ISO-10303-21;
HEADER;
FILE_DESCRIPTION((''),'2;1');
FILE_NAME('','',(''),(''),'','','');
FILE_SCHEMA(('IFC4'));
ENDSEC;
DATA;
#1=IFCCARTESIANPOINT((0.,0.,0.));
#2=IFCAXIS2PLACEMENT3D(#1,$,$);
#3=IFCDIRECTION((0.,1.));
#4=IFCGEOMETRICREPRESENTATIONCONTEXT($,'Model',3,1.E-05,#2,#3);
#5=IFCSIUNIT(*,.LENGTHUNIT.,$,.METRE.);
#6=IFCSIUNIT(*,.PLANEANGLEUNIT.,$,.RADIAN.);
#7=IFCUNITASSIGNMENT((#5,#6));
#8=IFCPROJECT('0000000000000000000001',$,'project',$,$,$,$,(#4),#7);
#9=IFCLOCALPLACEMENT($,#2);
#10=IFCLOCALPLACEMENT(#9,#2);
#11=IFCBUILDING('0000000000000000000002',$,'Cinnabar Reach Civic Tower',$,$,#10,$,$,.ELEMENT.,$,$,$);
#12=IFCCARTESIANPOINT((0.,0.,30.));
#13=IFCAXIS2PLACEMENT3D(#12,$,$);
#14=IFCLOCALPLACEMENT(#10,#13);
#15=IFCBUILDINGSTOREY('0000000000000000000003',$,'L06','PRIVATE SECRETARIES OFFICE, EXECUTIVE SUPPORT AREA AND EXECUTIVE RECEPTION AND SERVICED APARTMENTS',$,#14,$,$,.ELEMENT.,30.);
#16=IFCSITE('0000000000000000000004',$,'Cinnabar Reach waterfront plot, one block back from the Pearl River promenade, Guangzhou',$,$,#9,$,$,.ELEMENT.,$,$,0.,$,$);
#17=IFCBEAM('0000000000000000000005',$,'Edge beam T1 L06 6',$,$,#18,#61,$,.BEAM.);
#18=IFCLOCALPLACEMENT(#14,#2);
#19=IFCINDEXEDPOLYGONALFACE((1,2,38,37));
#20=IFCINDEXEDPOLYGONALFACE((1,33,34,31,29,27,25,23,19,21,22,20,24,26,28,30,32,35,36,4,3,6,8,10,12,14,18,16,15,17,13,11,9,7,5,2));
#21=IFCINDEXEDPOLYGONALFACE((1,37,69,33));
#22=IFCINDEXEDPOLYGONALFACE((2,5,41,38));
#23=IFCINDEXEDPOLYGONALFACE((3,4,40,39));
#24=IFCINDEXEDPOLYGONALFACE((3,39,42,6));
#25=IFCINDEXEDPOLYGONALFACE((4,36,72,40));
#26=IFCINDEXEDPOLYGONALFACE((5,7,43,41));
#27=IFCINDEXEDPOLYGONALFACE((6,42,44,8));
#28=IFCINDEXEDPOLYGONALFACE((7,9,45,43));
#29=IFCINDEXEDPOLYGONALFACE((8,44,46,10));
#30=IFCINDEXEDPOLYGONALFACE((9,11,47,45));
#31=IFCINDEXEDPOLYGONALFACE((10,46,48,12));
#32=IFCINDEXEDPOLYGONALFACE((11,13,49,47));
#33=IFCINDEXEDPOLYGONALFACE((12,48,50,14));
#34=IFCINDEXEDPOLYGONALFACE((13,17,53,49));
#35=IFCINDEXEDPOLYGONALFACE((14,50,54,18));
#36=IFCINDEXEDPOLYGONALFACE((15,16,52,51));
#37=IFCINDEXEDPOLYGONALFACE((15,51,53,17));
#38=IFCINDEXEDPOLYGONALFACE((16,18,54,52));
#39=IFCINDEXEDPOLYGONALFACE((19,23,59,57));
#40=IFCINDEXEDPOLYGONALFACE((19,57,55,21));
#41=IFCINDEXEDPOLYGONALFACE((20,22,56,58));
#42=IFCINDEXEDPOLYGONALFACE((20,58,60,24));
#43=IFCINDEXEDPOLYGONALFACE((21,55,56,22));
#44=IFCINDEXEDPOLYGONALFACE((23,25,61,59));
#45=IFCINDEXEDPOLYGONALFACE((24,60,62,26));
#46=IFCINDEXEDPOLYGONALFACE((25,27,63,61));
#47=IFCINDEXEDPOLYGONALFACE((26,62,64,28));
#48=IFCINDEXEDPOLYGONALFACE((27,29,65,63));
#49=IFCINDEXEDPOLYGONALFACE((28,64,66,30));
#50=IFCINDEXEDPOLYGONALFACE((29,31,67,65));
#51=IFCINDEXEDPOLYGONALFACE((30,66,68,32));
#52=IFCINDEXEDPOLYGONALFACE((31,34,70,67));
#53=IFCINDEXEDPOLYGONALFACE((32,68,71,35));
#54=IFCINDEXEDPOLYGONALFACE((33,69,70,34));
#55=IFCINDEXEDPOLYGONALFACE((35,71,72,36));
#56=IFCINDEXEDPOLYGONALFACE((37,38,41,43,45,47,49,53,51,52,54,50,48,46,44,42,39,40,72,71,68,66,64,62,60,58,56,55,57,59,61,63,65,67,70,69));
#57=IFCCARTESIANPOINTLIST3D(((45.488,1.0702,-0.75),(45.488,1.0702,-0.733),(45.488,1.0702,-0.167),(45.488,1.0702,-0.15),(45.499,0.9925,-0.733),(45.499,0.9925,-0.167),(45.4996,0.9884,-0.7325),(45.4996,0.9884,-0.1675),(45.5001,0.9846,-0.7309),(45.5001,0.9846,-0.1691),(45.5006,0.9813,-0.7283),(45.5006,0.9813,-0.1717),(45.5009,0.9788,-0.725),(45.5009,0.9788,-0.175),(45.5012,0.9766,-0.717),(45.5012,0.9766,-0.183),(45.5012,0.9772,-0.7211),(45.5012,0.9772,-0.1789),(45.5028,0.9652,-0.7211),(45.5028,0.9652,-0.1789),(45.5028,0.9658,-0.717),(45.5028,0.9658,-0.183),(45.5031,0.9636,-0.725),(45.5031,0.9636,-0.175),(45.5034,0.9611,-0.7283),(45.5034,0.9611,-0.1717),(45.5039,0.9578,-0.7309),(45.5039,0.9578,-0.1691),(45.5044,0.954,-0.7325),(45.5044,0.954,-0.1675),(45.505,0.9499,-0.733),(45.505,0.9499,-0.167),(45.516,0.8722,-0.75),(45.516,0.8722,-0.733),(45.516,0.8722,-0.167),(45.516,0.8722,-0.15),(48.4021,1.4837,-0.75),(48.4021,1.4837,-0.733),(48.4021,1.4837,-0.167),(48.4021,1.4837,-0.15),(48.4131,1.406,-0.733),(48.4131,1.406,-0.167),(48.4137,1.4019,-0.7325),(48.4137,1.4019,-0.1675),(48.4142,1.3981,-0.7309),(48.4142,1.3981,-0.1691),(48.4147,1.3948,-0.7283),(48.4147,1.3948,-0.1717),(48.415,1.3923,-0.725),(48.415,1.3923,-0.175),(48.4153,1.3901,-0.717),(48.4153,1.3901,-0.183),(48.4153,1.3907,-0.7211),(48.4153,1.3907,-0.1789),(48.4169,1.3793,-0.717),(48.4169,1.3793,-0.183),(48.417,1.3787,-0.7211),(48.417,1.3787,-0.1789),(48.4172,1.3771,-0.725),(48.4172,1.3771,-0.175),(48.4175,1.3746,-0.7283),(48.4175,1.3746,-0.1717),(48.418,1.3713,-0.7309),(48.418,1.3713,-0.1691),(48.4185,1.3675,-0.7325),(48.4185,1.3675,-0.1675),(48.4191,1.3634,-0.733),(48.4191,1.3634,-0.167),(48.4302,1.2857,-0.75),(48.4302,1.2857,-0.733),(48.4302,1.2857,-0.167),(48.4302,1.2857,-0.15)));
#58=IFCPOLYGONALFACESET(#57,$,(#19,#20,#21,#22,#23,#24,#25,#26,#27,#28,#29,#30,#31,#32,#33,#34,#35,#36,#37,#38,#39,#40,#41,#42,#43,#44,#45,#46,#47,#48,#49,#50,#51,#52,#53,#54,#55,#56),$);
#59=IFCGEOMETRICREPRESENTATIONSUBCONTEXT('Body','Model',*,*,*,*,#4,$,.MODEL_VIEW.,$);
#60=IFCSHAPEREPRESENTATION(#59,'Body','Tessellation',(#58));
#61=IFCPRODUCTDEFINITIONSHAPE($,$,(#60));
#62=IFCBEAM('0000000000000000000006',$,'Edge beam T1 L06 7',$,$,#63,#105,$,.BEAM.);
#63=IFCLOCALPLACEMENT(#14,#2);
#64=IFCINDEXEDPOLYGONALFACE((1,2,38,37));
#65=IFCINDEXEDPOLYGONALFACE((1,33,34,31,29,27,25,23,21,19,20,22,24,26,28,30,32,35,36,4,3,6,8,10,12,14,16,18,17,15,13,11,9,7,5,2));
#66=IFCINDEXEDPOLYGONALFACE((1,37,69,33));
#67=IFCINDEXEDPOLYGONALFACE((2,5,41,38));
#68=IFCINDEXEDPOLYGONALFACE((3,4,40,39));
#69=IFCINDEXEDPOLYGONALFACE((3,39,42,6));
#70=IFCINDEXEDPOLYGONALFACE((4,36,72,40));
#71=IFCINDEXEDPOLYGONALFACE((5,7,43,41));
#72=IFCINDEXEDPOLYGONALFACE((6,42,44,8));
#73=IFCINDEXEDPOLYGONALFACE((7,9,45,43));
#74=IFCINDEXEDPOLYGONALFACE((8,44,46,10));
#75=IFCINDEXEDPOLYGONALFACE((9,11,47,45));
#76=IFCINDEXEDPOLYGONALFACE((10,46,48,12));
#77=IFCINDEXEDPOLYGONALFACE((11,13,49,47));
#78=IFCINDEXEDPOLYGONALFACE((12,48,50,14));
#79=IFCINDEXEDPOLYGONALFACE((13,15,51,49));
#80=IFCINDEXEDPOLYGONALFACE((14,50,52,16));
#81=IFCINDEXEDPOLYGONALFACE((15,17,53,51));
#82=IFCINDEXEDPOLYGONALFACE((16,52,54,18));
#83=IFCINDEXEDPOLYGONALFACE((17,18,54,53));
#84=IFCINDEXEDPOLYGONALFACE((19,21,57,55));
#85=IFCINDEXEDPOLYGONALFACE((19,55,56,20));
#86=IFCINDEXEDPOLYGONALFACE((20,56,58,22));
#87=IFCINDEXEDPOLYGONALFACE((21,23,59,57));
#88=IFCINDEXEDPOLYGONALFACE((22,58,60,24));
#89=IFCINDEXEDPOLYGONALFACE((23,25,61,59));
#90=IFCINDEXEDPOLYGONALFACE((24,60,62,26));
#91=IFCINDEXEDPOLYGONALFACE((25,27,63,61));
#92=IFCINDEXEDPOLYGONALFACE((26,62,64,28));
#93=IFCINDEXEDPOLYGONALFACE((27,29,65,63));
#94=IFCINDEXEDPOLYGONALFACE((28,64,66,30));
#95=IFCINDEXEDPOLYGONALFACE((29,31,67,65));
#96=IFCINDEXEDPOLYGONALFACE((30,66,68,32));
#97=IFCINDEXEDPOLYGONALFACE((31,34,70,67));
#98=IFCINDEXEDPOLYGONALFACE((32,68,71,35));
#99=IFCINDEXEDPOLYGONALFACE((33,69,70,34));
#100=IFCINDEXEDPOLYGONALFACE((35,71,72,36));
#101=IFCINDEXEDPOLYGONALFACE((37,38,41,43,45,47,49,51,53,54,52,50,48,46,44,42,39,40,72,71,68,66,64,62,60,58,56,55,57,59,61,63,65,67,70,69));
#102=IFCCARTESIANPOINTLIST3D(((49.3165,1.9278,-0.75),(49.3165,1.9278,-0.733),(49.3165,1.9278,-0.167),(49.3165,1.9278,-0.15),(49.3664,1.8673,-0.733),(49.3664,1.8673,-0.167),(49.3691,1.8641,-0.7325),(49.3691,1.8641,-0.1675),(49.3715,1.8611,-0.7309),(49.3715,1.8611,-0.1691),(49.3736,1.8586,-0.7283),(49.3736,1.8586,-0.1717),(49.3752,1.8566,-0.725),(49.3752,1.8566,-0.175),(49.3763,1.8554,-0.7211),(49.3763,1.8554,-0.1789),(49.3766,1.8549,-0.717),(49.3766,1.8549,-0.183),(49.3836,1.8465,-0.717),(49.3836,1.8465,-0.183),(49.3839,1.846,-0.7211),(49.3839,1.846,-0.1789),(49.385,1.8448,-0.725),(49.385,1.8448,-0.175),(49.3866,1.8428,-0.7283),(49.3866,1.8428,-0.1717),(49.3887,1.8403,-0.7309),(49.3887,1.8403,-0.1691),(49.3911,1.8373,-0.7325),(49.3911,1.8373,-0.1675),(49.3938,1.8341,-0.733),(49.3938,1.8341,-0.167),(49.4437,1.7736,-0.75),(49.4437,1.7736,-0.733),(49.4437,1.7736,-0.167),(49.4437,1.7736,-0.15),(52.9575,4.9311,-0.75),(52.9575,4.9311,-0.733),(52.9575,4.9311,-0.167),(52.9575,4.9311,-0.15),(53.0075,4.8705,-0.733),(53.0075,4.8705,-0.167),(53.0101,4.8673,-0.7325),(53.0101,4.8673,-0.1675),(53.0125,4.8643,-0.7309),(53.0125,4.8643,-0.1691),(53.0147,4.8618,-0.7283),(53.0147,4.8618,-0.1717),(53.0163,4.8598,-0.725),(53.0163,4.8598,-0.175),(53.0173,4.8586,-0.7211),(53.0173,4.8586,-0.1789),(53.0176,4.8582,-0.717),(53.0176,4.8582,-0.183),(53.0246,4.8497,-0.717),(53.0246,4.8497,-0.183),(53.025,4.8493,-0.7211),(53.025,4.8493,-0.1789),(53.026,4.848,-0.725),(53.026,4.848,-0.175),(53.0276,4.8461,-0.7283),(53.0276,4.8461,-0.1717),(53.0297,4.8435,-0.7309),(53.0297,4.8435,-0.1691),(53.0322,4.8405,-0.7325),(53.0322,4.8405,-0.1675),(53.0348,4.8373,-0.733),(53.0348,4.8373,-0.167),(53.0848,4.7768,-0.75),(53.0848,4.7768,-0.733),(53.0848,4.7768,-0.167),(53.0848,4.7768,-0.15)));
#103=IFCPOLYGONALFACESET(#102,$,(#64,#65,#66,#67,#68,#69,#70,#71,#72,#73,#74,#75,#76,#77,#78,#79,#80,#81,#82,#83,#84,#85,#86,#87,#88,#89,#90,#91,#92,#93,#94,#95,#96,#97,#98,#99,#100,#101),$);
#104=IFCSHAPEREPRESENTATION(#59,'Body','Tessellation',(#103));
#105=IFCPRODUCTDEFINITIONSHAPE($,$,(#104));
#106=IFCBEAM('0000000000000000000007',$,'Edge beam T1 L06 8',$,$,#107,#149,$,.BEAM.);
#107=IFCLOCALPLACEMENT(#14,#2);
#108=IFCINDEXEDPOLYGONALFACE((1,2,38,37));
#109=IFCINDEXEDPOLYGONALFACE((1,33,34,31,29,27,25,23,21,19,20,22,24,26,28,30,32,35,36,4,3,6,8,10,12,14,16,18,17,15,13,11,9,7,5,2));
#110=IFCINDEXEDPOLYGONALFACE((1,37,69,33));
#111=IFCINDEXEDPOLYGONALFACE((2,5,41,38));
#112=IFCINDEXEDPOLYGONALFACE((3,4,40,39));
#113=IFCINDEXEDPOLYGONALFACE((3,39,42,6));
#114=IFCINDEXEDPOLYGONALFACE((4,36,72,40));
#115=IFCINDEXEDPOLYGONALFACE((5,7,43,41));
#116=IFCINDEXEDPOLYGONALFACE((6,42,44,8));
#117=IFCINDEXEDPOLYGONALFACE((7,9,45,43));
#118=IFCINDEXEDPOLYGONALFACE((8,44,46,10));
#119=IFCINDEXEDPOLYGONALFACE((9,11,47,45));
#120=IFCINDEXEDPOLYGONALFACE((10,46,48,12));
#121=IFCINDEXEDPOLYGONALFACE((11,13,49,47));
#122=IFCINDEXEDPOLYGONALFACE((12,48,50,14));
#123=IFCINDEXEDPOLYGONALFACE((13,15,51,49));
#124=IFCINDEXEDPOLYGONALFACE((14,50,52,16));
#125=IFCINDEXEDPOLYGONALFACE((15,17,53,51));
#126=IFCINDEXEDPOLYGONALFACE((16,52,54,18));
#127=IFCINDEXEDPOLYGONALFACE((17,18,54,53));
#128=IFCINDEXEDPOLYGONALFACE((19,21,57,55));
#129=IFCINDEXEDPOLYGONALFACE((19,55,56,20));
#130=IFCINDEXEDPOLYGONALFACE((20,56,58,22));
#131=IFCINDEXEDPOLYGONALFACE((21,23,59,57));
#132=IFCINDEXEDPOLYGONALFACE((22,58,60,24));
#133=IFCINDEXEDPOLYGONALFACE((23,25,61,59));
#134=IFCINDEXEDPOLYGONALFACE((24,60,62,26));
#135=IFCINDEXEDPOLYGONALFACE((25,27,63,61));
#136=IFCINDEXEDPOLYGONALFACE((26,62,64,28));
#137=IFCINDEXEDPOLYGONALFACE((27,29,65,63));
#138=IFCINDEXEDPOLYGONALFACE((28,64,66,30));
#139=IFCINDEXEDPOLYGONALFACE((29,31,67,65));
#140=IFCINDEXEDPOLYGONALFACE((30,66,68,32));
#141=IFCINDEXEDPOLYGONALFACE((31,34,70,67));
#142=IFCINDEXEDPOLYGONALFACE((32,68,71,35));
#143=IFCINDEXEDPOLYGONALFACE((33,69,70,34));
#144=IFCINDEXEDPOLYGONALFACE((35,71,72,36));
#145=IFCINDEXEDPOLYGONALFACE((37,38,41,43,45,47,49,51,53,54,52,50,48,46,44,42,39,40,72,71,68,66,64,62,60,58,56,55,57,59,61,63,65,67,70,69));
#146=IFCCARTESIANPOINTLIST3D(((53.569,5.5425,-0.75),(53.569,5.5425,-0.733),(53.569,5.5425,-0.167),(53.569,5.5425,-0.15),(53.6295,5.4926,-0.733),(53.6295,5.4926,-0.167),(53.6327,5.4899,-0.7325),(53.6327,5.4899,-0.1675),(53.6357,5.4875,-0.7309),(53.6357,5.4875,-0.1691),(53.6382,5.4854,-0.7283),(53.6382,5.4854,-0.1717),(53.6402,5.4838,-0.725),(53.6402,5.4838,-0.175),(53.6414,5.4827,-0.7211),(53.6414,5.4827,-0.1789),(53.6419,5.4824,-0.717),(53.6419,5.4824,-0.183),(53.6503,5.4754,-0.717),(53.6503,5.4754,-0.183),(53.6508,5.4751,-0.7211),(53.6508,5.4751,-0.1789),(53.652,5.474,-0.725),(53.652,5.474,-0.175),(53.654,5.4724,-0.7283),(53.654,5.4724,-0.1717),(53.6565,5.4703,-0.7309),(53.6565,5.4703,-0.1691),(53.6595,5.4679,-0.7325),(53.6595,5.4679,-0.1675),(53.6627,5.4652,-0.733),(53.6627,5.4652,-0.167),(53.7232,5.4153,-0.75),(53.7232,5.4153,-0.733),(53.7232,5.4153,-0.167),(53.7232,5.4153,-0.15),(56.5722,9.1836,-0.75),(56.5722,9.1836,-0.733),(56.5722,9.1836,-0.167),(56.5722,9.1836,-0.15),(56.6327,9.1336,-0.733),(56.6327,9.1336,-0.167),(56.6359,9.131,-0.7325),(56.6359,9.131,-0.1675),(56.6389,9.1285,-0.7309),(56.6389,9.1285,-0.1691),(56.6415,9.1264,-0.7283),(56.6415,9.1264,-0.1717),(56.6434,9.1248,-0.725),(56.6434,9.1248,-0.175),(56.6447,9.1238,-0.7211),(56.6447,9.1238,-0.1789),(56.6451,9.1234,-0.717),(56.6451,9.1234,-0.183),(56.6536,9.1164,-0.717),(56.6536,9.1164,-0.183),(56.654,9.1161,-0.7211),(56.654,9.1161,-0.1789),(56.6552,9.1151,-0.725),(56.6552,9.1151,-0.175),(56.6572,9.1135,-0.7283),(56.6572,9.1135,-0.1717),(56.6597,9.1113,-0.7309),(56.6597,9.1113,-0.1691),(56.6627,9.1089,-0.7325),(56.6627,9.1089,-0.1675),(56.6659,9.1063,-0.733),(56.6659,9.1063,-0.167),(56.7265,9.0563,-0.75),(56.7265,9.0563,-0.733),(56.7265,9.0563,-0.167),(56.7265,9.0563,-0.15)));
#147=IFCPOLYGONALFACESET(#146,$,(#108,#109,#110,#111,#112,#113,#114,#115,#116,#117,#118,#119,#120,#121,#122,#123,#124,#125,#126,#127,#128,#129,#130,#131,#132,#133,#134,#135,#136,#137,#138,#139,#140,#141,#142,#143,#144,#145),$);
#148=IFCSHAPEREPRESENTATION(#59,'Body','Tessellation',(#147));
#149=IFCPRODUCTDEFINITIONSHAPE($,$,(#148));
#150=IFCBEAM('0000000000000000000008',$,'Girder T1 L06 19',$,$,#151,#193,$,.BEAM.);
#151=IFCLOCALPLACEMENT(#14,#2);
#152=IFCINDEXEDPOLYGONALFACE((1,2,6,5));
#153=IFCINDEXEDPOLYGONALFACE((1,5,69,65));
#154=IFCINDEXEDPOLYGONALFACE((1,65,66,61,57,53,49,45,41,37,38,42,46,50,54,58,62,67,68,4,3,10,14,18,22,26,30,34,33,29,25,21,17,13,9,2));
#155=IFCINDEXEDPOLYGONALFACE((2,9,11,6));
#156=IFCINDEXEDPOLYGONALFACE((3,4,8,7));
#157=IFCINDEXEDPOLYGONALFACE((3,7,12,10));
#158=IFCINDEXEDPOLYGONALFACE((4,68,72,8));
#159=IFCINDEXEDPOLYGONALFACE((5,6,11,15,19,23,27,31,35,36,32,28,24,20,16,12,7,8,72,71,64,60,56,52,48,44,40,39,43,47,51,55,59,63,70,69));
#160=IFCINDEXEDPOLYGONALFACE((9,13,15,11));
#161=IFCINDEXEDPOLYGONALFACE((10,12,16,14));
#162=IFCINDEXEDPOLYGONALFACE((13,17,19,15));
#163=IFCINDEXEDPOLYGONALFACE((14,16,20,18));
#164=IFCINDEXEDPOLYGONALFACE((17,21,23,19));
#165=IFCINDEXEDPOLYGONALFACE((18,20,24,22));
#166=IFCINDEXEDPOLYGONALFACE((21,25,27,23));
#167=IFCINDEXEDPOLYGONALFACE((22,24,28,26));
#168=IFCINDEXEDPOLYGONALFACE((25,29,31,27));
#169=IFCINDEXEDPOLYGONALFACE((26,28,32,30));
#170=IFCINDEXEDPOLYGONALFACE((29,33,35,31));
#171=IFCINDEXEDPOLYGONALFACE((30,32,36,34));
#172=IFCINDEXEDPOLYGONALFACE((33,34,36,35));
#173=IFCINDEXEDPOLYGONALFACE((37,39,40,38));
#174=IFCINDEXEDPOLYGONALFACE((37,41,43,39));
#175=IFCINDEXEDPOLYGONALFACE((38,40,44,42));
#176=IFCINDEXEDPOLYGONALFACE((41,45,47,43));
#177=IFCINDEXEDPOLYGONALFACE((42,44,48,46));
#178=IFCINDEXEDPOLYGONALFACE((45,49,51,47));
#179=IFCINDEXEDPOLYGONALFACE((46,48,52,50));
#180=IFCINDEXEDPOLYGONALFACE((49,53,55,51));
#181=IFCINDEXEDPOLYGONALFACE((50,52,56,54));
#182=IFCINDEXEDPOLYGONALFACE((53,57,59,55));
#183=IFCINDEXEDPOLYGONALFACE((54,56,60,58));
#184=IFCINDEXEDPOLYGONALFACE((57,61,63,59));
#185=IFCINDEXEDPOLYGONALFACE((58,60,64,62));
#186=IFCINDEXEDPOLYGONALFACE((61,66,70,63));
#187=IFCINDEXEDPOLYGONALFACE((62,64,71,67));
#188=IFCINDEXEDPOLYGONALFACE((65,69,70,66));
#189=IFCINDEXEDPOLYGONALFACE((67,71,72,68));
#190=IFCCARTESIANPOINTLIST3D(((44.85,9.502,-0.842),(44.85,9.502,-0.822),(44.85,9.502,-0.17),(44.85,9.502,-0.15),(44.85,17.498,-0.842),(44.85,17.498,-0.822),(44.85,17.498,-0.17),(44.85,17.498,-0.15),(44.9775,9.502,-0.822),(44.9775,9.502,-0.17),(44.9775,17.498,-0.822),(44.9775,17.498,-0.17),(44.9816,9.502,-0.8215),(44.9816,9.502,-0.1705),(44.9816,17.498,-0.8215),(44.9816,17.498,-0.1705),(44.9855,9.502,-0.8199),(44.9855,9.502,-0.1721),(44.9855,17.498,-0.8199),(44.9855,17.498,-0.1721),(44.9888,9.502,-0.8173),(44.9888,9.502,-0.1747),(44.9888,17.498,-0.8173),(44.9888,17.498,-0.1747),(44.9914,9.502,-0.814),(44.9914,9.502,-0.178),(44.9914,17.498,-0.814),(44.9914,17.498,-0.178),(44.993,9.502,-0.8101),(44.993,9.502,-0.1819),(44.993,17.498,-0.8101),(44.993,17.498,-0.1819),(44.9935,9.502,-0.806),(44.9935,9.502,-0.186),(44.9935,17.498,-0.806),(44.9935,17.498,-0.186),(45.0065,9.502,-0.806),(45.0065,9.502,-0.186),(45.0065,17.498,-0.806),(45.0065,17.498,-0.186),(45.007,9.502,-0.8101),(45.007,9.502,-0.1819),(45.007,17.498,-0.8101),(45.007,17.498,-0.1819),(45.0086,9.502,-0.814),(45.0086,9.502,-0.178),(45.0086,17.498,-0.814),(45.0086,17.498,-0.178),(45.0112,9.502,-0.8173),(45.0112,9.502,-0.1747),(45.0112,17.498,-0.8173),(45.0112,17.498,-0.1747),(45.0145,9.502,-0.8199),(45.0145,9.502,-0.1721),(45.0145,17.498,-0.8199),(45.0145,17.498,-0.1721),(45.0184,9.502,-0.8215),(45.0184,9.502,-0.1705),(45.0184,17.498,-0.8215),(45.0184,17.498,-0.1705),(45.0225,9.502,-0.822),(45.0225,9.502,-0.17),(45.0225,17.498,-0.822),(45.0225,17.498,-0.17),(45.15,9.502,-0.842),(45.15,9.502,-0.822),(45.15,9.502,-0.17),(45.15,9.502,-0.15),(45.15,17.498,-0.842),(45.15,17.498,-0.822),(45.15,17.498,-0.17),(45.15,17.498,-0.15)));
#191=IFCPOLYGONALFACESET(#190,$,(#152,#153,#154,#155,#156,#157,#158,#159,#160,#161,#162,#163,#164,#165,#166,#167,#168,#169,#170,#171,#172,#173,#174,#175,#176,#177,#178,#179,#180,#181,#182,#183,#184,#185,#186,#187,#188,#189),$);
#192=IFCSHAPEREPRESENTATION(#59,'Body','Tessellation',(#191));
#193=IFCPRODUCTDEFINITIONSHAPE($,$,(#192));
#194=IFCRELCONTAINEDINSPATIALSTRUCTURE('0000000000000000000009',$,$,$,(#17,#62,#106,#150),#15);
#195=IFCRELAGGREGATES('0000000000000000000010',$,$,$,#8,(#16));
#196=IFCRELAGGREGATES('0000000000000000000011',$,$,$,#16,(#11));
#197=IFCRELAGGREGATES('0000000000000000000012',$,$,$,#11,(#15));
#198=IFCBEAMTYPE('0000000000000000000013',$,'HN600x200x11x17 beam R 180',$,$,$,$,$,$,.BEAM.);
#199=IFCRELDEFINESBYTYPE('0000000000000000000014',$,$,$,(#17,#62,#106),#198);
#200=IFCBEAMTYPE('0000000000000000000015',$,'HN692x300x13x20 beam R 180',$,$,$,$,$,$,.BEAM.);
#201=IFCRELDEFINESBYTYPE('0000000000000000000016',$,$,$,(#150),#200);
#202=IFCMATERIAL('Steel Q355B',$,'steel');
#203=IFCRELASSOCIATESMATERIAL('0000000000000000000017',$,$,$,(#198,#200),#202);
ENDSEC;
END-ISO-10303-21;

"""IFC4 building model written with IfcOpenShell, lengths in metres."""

from ifc_helpers import new_model, si_unit, direction, frame, origin, origin_2d, place, context, subcontext, project, spatial, i_section, extrude, material, material_profile, profile_set, type_object, element, save


model = new_model("IFC4")

# Units and contexts
model_context = context("Model", 3, precision=1e-05, world=origin(), true_north=direction((0.0, 1.0)))
body_context = subcontext(model_context, "Body", "Model", "MODEL_VIEW")
ifc_project = project(units=[si_unit("LENGTHUNIT", "METRE"), si_unit("PLANEANGLEUNIT", "RADIAN")], contexts=[model_context])

# Site, building, storey
site_placement = place(None, origin())
site = spatial("IfcSite", under=ifc_project, at=site_placement, Name="Cinnabar Reach waterfront plot, one block back from the Pearl River promenade, Guangzhou", CompositionType="ELEMENT", RefElevation=0.0)
building_placement = place(site_placement, origin())
building = spatial("IfcBuilding", under=site, at=building_placement, Name="Cinnabar Reach Civic Tower", CompositionType="ELEMENT")
storey_placement = place(building_placement, frame((0.0, 0.0, 30.0)))
storey = spatial("IfcBuildingStorey", under=building, at=storey_placement, Name="L06", Description="PRIVATE SECRETARIES OFFICE, EXECUTIVE SUPPORT AREA AND EXECUTIVE RECEPTION AND SERVICED APARTMENTS", CompositionType="ELEMENT", Elevation=30.0)

# Beams
ifc_material_1 = material(Name="Steel Q355B", Category="steel")
ifc_material_profile_1 = material_profile(ifc_material_1, i_section(OverallWidth=0.2, OverallDepth=0.6, WebThickness=0.011, FlangeThickness=0.017, FilletRadius=0.016, at=origin_2d()), Name="HN600x200x11x17")
ifc_profile_set_1 = profile_set([ifc_material_profile_1], Name="Steel Q355B")
beam_type_1 = type_object("IfcBeamType", Name="HN600x200x11x17 beam R 180", PredefinedType="BEAM", material=ifc_profile_set_1)
beam_1_placement = place(storey_placement, frame((45.502, 0.9712, -0.45), z_axis=(0.990082, 0.140489, 0.0), x_axis=(-0.140489, 0.990082, 0.0)))
element("IfcBeam", 1, at=beam_1_placement, inside=storey, type_object=beam_type_1, Name="Edge beam T1 L06 6", PredefinedType="BEAM", context=body_context, shape_type="SweptSolid", body=[
    extrude(i_section(OverallWidth=0.2, OverallDepth=0.6, WebThickness=0.011, FlangeThickness=0.017, FilletRadius=0.016, at=origin_2d()), origin(), (0.0, 0.0, 1.0), 2.9433),
])
for number, where, z_axis, x_axis, name in (
    (2, (49.3801, 1.8507, -0.45), (0.771438, 0.636304, 0.0), (-0.636304, 0.771438, 0.0), "Edge beam T1 L06 7"),
    (3, (53.6461, 5.4789, -0.45), (0.636304, 0.771438, 0.0), (-0.771438, 0.636304, 0.0), "Edge beam T1 L06 8"),
):
    element("IfcBeam", number, at=place(storey_placement, frame(where, z_axis=z_axis, x_axis=x_axis)), inside=storey, type_object=beam_type_1, Name=name, PredefinedType="BEAM", context=body_context, shape_type="SweptSolid", body=[
        extrude(i_section(OverallWidth=0.2, OverallDepth=0.6, WebThickness=0.011, FlangeThickness=0.017, FilletRadius=0.016, at=origin_2d()), origin(), (0.0, 0.0, 1.0), 4.7198),
    ])
ifc_material_profile_2 = material_profile(ifc_material_1, i_section(OverallWidth=0.3, OverallDepth=0.692, WebThickness=0.013, FlangeThickness=0.02, FilletRadius=0.016, at=origin_2d()), Name="HN692x300x13x20")
ifc_profile_set_2 = profile_set([ifc_material_profile_2], Name="Steel Q355B")
beam_type_2 = type_object("IfcBeamType", Name="HN692x300x13x20 beam R 180", PredefinedType="BEAM", material=ifc_profile_set_2)
beam_2_placement = place(storey_placement, frame((45.0, 9.502, -0.496), z_axis=(0.0, 1.0, 0.0), x_axis=(-1.0, 0.0, 0.0)))
element("IfcBeam", 4, at=beam_2_placement, inside=storey, type_object=beam_type_2, Name="Girder T1 L06 19", PredefinedType="BEAM", context=body_context, shape_type="SweptSolid", body=[
    extrude(i_section(OverallWidth=0.3, OverallDepth=0.692, WebThickness=0.013, FlangeThickness=0.02, FilletRadius=0.016, at=origin_2d()), origin(), (0.0, 0.0, 1.0), 7.996),
])

save(model, "model.ifc")
